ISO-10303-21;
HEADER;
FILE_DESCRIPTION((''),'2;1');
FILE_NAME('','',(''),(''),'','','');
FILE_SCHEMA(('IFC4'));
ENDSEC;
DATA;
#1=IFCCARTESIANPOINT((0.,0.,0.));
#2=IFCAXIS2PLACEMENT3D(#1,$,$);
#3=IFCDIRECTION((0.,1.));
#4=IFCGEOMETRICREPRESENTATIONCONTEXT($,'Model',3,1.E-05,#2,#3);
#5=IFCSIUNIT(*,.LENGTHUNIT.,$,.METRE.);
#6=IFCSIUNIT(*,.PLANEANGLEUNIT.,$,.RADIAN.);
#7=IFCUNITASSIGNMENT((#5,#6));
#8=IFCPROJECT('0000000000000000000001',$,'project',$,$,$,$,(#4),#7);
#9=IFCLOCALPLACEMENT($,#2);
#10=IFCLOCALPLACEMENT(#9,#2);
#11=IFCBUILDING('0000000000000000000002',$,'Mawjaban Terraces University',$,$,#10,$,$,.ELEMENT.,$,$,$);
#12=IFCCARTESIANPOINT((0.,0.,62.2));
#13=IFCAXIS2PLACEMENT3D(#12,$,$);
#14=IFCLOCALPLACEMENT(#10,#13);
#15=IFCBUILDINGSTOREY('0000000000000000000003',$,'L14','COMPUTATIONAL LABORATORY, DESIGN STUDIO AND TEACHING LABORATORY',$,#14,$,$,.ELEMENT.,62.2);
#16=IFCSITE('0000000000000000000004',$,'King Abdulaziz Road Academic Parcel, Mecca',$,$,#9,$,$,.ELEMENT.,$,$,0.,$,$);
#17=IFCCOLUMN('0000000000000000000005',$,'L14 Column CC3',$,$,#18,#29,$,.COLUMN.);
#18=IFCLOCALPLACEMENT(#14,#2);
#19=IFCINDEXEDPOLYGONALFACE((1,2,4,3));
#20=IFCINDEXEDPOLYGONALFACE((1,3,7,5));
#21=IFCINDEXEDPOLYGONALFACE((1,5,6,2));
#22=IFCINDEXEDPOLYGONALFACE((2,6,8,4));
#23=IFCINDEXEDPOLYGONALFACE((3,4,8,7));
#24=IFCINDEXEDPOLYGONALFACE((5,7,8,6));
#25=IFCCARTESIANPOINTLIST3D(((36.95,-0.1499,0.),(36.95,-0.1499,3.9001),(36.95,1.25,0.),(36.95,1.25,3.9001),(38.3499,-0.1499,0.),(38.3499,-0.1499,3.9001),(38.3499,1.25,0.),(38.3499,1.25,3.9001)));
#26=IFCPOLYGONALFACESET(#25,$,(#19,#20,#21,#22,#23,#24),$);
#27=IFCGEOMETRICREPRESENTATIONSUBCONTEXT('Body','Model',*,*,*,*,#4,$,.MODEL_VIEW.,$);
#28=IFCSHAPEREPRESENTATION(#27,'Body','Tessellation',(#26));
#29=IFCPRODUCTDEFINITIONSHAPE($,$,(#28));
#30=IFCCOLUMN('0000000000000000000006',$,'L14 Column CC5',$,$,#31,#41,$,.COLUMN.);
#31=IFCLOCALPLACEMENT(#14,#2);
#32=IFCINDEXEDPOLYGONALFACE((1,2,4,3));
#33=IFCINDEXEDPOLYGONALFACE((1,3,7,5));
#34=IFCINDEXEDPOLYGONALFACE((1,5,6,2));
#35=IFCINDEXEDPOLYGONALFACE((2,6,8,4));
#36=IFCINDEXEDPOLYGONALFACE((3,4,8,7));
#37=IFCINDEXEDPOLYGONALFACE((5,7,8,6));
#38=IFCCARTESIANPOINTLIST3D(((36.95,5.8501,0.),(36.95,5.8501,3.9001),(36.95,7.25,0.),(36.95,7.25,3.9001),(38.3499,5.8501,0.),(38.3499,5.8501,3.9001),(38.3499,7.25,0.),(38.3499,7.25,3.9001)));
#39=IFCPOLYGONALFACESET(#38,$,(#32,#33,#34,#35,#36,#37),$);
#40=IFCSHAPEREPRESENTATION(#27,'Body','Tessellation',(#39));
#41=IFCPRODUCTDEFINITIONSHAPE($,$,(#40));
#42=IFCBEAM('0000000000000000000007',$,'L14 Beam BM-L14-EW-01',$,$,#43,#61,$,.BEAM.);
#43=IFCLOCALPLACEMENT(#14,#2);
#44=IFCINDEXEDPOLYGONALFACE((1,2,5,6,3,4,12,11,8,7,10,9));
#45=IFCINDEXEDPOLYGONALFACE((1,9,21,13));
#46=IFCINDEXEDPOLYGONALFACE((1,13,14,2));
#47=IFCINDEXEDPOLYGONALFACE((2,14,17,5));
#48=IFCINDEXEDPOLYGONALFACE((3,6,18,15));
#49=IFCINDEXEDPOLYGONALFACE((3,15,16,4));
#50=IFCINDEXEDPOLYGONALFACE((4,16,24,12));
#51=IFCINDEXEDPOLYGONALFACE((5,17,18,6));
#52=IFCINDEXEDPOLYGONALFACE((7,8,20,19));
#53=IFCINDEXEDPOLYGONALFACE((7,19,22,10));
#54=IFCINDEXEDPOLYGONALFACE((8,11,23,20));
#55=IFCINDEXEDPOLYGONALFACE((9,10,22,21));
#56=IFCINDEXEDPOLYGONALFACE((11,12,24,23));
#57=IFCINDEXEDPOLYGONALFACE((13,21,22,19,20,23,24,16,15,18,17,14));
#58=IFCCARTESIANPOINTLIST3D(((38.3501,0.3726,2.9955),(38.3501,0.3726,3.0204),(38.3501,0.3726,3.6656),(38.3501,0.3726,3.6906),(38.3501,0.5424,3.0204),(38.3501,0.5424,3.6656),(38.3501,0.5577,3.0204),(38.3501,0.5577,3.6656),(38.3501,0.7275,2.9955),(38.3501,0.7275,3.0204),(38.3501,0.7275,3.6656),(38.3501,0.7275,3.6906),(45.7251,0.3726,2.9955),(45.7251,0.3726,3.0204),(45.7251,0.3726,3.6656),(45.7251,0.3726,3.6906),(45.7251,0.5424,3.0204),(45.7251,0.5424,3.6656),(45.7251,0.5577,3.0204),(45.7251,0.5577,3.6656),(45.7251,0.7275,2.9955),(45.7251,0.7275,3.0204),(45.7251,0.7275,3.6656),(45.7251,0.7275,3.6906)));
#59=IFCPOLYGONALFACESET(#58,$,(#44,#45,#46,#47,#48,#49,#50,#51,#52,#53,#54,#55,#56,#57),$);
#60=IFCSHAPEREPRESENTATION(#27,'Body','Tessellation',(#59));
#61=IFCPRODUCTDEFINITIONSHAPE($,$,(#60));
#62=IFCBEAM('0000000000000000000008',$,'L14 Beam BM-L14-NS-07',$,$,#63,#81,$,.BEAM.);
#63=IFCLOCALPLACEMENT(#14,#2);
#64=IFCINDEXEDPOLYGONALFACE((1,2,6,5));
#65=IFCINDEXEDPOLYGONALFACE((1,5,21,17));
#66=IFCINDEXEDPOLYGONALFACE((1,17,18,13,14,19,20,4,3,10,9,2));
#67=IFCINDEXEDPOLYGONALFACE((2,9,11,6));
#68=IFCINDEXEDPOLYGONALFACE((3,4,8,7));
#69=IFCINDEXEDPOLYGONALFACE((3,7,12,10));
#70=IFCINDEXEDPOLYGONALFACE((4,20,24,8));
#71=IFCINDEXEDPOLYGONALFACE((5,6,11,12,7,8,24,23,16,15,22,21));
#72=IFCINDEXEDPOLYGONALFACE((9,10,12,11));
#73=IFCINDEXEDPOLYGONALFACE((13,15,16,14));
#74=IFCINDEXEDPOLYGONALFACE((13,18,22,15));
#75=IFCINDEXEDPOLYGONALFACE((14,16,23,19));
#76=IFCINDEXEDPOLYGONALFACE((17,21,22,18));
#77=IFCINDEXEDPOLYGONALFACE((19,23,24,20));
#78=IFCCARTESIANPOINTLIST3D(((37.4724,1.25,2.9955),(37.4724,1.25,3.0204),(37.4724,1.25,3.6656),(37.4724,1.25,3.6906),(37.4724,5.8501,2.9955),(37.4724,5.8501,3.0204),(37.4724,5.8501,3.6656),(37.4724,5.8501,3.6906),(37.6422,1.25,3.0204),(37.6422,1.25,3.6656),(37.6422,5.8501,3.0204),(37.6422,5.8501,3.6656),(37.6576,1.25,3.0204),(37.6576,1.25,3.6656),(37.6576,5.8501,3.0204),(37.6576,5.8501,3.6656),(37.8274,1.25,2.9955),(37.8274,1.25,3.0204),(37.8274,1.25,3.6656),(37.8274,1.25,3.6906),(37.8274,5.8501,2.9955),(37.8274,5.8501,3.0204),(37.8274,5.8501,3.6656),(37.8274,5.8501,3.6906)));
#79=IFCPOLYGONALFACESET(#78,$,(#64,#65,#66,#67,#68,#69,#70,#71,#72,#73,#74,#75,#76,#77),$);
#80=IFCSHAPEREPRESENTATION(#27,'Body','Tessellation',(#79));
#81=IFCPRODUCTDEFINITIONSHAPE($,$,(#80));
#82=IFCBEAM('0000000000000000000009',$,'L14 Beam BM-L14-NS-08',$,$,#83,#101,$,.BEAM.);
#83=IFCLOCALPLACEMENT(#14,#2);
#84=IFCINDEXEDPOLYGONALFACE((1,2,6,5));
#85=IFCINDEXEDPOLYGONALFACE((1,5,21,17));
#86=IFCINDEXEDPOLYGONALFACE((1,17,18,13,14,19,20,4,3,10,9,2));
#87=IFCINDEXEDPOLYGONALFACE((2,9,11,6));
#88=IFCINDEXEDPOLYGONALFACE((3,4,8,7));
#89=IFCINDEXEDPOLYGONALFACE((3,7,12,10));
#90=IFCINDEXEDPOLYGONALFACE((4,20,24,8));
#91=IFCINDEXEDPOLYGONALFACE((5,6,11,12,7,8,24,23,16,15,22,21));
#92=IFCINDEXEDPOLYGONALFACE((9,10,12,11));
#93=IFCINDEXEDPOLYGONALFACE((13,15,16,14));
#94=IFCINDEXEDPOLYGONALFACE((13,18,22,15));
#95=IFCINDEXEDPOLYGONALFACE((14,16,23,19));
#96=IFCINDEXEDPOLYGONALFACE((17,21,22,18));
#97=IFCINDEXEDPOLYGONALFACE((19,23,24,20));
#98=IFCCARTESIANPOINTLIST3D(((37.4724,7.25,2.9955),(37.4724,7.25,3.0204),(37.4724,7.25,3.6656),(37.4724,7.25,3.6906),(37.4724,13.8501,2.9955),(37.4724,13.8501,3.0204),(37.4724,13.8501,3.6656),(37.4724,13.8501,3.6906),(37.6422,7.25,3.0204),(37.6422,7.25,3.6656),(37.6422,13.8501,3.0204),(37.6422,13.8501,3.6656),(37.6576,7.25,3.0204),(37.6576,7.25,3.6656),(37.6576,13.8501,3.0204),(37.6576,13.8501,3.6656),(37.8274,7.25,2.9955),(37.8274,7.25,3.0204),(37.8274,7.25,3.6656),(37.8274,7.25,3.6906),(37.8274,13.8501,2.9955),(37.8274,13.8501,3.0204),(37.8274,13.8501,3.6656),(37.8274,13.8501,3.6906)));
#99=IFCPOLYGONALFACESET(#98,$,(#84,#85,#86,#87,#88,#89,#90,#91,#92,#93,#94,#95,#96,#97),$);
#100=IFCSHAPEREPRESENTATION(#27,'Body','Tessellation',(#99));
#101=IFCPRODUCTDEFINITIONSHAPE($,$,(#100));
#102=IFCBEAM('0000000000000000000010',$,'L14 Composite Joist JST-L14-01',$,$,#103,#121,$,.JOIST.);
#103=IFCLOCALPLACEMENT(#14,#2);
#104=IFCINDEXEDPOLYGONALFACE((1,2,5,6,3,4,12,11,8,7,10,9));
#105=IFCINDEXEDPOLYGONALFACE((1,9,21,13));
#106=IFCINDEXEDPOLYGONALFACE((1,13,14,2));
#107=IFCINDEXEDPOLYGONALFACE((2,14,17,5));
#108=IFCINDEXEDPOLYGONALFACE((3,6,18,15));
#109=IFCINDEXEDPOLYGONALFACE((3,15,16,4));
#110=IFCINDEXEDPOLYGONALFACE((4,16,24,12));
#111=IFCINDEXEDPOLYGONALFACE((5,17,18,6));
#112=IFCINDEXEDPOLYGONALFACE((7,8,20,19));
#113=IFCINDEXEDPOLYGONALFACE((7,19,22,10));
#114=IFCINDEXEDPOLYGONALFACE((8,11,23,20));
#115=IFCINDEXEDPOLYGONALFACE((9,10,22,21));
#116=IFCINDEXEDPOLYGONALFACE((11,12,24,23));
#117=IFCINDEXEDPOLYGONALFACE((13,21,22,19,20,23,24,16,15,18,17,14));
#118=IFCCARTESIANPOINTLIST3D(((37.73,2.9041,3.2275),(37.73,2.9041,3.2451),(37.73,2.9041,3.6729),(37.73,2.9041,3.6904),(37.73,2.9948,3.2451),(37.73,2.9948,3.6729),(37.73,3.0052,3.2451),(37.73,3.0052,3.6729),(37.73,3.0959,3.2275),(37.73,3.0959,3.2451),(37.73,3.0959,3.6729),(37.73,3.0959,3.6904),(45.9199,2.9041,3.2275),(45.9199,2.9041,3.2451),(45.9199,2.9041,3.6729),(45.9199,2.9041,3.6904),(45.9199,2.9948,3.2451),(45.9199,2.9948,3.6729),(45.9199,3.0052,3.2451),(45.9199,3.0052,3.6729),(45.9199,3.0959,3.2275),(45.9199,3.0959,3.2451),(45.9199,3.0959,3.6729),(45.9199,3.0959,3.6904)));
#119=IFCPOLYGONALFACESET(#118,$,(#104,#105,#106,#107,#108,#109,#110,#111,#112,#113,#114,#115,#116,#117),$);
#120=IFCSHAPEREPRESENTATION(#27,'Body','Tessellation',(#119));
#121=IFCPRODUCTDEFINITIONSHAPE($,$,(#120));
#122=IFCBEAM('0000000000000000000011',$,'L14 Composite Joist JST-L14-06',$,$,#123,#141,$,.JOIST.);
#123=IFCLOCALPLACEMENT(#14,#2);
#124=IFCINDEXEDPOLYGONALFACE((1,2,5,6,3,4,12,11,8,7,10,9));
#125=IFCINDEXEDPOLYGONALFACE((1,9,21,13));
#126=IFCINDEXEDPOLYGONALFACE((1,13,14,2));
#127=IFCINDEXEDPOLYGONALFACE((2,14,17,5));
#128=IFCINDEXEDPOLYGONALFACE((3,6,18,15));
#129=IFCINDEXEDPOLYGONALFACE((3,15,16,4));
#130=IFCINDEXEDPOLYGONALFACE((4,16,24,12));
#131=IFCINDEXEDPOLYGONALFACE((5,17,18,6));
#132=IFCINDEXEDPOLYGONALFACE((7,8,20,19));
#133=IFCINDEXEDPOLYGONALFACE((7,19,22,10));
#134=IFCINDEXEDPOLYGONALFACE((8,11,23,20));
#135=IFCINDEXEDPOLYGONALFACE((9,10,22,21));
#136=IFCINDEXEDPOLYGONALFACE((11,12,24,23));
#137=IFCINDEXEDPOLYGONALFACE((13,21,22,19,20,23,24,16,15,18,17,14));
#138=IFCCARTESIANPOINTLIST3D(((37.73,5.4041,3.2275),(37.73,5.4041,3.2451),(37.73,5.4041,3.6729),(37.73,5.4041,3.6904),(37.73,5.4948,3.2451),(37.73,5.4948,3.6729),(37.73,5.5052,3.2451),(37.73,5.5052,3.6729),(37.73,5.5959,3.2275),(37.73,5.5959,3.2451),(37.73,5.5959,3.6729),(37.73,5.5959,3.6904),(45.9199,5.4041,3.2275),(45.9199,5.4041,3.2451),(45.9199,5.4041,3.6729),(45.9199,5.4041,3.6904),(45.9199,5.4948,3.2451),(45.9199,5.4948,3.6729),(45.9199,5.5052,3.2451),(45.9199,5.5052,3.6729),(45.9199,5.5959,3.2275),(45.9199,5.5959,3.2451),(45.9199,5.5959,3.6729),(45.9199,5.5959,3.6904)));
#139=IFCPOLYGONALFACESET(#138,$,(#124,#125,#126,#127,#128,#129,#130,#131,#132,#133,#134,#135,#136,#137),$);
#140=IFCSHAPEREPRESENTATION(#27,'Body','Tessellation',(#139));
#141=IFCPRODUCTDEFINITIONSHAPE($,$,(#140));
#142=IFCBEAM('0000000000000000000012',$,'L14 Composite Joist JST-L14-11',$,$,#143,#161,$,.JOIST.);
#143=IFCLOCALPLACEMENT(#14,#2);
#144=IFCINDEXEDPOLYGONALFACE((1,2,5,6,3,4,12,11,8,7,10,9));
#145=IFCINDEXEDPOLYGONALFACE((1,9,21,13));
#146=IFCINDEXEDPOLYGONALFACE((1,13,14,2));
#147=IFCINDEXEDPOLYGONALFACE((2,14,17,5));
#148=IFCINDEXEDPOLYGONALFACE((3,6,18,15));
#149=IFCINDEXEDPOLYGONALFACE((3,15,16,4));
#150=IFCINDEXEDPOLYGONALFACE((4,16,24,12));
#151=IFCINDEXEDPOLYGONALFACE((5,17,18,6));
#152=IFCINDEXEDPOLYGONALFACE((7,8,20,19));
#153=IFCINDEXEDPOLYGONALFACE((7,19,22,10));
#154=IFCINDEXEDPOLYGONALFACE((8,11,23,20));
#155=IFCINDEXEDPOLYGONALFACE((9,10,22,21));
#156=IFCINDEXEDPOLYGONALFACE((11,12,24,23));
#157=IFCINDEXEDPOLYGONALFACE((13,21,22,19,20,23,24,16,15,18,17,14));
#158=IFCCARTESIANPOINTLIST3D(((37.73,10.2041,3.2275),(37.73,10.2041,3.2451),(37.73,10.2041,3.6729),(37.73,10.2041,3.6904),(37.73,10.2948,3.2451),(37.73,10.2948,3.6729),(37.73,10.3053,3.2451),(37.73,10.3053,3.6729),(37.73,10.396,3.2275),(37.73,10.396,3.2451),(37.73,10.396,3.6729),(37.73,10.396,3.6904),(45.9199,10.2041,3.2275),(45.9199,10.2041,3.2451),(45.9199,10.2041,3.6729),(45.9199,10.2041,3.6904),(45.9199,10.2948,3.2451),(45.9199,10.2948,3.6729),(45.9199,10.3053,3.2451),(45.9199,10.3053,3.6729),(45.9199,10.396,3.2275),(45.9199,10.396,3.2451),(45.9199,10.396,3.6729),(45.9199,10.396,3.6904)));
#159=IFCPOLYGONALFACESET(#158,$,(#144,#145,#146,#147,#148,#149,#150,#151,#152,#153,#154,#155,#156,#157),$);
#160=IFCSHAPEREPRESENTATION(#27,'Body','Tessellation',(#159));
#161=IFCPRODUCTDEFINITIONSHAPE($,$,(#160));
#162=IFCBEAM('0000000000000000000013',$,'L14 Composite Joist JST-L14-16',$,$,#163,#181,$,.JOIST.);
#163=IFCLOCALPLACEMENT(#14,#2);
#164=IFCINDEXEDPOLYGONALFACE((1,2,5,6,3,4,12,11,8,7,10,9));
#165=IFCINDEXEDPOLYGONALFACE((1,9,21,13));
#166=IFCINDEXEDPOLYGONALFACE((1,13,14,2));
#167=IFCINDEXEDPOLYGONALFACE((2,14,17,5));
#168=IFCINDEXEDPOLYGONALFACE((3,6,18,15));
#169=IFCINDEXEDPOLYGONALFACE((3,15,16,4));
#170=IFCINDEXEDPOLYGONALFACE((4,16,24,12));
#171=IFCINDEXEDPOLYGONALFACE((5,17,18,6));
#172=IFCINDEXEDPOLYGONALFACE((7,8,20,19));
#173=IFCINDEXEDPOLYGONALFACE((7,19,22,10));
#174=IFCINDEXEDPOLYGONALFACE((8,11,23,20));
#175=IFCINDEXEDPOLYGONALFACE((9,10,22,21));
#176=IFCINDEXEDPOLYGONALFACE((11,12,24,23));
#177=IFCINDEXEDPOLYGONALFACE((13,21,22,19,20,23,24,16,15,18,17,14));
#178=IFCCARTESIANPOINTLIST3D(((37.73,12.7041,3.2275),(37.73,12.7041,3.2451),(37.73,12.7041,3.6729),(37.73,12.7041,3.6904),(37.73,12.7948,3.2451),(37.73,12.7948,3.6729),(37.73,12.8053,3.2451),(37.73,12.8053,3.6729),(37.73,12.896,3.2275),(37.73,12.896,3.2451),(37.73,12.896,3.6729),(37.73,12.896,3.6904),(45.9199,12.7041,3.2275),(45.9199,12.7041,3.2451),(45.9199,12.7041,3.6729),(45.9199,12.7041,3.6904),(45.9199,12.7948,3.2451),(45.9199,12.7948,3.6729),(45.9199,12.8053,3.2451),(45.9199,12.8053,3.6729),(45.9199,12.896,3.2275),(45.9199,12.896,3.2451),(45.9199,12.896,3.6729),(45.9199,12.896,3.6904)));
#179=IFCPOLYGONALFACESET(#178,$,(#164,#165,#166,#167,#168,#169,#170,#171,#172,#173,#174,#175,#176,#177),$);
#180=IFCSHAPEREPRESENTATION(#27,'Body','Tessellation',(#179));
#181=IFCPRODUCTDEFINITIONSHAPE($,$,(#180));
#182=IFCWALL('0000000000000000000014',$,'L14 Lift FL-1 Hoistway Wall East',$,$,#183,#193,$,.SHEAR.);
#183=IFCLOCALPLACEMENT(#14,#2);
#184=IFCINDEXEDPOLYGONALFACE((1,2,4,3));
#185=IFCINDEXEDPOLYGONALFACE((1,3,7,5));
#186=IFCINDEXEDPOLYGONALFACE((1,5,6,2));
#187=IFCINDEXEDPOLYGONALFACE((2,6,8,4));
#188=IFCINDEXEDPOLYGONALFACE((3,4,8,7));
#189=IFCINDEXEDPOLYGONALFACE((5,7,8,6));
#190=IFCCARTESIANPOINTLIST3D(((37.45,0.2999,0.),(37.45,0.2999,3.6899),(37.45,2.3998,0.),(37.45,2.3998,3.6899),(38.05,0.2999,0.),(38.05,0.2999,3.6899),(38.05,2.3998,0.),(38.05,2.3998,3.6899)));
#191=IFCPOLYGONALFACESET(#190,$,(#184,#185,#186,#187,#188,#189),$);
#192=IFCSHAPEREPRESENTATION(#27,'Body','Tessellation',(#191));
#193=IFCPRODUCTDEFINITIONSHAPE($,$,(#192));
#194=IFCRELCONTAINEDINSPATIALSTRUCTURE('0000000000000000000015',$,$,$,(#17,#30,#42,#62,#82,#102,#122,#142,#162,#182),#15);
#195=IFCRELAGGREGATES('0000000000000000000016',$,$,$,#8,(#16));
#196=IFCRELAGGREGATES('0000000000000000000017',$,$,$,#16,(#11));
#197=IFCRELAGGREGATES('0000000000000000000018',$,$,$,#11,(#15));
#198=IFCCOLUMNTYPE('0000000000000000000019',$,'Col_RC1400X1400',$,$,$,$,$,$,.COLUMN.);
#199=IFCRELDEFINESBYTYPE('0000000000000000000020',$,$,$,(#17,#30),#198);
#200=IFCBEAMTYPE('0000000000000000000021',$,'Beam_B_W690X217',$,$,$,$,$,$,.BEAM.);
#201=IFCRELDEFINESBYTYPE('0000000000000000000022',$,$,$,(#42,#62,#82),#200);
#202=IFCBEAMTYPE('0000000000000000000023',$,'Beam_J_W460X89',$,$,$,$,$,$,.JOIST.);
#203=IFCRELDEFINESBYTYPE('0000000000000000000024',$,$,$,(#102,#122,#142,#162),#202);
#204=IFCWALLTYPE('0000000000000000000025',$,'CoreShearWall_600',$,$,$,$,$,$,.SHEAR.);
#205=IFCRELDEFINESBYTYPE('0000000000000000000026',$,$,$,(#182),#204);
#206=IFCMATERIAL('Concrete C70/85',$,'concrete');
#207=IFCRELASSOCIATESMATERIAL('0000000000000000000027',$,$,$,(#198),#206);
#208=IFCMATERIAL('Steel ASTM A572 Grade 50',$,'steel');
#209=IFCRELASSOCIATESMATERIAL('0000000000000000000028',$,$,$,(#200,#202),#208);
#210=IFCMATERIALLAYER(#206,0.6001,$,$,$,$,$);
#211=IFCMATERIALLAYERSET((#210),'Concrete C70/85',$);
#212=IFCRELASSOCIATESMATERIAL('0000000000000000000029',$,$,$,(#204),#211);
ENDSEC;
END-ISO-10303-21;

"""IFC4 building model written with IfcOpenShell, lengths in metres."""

from ifc_helpers import new_model, si_unit, direction, frame, frame_2d, origin, origin_2d, place, context, subcontext, project, spatial, rectangle, i_section, extrude, material, layer, layer_set, material_profile, profile_set, type_object, element, save


model = new_model("IFC4")

# Units and contexts
model_context = context("Model", 3, precision=1e-05, world=origin(), true_north=direction((0.0, 1.0)))
body_context = subcontext(model_context, "Body", "Model", "MODEL_VIEW")
ifc_project = project(units=[si_unit("LENGTHUNIT", "METRE"), si_unit("PLANEANGLEUNIT", "RADIAN")], contexts=[model_context])

# Site, building, storey
site_placement = place(None, origin())
site = spatial("IfcSite", under=ifc_project, at=site_placement, Name="King Abdulaziz Road Academic Parcel, Mecca", CompositionType="ELEMENT", RefElevation=0.0)
building_placement = place(site_placement, origin())
building = spatial("IfcBuilding", under=site, at=building_placement, Name="Mawjaban Terraces University", CompositionType="ELEMENT")
storey_placement = place(building_placement, frame((0.0, 0.0, 62.2)))
storey = spatial("IfcBuildingStorey", under=building, at=storey_placement, Name="L14", Description="COMPUTATIONAL LABORATORY, DESIGN STUDIO AND TEACHING LABORATORY", CompositionType="ELEMENT", Elevation=62.2)

# Columns
ifc_material_1 = material(Name="Concrete C70/85", Category="concrete")
ifc_material_profile_1 = material_profile(ifc_material_1, rectangle(XDim=1.3999, YDim=1.3999, at=origin_2d()), Name="RC1400X1400")
ifc_profile_set_1 = profile_set([ifc_material_profile_1], Name="Concrete C70/85")
column_type = type_object("IfcColumnType", Name="Col_RC1400X1400", PredefinedType="COLUMN", material=ifc_profile_set_1)
for number, where, z_axis, x_axis, name in (
    (1, (37.6499, 0.55, 0.0), (0.0, 0.0, 1.0), (1.0, 0.0, 0.0), "L14 Column CC3"),
    (2, (37.6499, 6.55, 0.0), (0.0, 0.0, 1.0), (1.0, 0.0, 0.0), "L14 Column CC5"),
):
    element("IfcColumn", number, at=place(storey_placement, frame(where, z_axis=z_axis, x_axis=x_axis)), inside=storey, type_object=column_type, Name=name, PredefinedType="COLUMN", context=body_context, shape_type="SweptSolid", body=[
        extrude(rectangle(XDim=1.3999, YDim=1.3999, at=origin_2d()), origin(), (0.0, 0.0, 1.0), 3.9001),
    ])

# Beams
ifc_material_2 = material(Name="Steel ASTM A572 Grade 50", Category="steel")
ifc_material_profile_2 = material_profile(ifc_material_2, i_section(OverallWidth=0.355, OverallDepth=0.6951, WebThickness=0.0154, FlangeThickness=0.0249, at=origin_2d()), Name="W690X217")
ifc_profile_set_2 = profile_set([ifc_material_profile_2], Name="Steel ASTM A572 Grade 50")
beam_type_1 = type_object("IfcBeamType", Name="Beam_B_W690X217", PredefinedType="BEAM", material=ifc_profile_set_2)
beam_1_placement = place(storey_placement, frame((38.3501, 0.55, 3.343), z_axis=(1.0, 0.0, 0.0), x_axis=(0.0, 1.0, 0.0)))
element("IfcBeam", 3, at=beam_1_placement, inside=storey, type_object=beam_type_1, Name="L14 Beam BM-L14-EW-01", PredefinedType="BEAM", context=body_context, shape_type="SweptSolid", body=[
    extrude(i_section(OverallWidth=0.355, OverallDepth=0.6951, WebThickness=0.0154, FlangeThickness=0.0249, at=origin_2d()), origin(), (0.0, 0.0, 1.0), 7.375),
])
beam_2_placement = place(storey_placement, frame((37.6499, 1.25, 3.343), z_axis=(0.0, 1.0, 0.0), x_axis=(-1.0, 0.0, 0.0)))
element("IfcBeam", 4, at=beam_2_placement, inside=storey, type_object=beam_type_1, Name="L14 Beam BM-L14-NS-07", PredefinedType="BEAM", context=body_context, shape_type="SweptSolid", body=[
    extrude(i_section(OverallWidth=0.355, OverallDepth=0.6951, WebThickness=0.0154, FlangeThickness=0.0249, at=origin_2d()), origin(), (0.0, 0.0, 1.0), 4.6001),
])
beam_3_placement = place(storey_placement, frame((37.6499, 7.25, 3.343), z_axis=(0.0, 1.0, 0.0), x_axis=(-1.0, 0.0, 0.0)))
element("IfcBeam", 5, at=beam_3_placement, inside=storey, type_object=beam_type_1, Name="L14 Beam BM-L14-NS-08", PredefinedType="BEAM", context=body_context, shape_type="SweptSolid", body=[
    extrude(i_section(OverallWidth=0.355, OverallDepth=0.6951, WebThickness=0.0154, FlangeThickness=0.0249, at=origin_2d()), origin(), (0.0, 0.0, 1.0), 6.6001),
])
ifc_material_profile_3 = material_profile(ifc_material_2, i_section(OverallWidth=0.1919, OverallDepth=0.4629, WebThickness=0.0105, FlangeThickness=0.0176, at=origin_2d()), Name="W460X89")
ifc_profile_set_3 = profile_set([ifc_material_profile_3], Name="Steel ASTM A572 Grade 50")
beam_type_2 = type_object("IfcBeamType", Name="Beam_J_W460X89", PredefinedType="JOIST", material=ifc_profile_set_3)
for number, where, z_axis, x_axis, name in (
    (6, (37.73, 3.0, 3.459), (1.0, 0.0, 0.0), (0.0, 1.0, 0.0), "L14 Composite Joist JST-L14-01"),
    (7, (37.73, 5.5, 3.459), (1.0, 0.0, 0.0), (0.0, 1.0, 0.0), "L14 Composite Joist JST-L14-06"),
    (8, (37.73, 10.3, 3.459), (1.0, 0.0, 0.0), (0.0, 1.0, 0.0), "L14 Composite Joist JST-L14-11"),
    (9, (37.73, 12.8, 3.459), (1.0, 0.0, 0.0), (0.0, 1.0, 0.0), "L14 Composite Joist JST-L14-16"),
):
    element("IfcBeam", number, at=place(storey_placement, frame(where, z_axis=z_axis, x_axis=x_axis)), inside=storey, type_object=beam_type_2, Name=name, PredefinedType="JOIST", context=body_context, shape_type="SweptSolid", body=[
        extrude(i_section(OverallWidth=0.1919, OverallDepth=0.4629, WebThickness=0.0105, FlangeThickness=0.0176, at=origin_2d()), origin(), (0.0, 0.0, 1.0), 8.1899),
    ])

# Wall
ifc_layer_1 = layer(ifc_material_1, 0.6001)
ifc_layer_set_1 = layer_set([ifc_layer_1], Name="Concrete C70/85")
wall_type_1 = type_object("IfcWallType", Name="CoreShearWall_600", PredefinedType="SHEAR", material=ifc_layer_set_1)
wall_1_placement = place(storey_placement, frame((37.75, 0.3, 0.0), z_axis=(0.0, 0.0, 1.0), x_axis=(0.0, 1.0, 0.0)))
element("IfcWall", 10, at=wall_1_placement, inside=storey, type_object=wall_type_1, Name="L14 Lift FL-1 Hoistway Wall East", PredefinedType="SHEAR", context=body_context, shape_type="SweptSolid", body=[
    extrude(rectangle(XDim=2.0999, YDim=0.6001, at=frame_2d((1.0498, 0.0))), origin(), (0.0, 0.0, 1.0), 3.6899),
])

save(model, "model.ifc")
